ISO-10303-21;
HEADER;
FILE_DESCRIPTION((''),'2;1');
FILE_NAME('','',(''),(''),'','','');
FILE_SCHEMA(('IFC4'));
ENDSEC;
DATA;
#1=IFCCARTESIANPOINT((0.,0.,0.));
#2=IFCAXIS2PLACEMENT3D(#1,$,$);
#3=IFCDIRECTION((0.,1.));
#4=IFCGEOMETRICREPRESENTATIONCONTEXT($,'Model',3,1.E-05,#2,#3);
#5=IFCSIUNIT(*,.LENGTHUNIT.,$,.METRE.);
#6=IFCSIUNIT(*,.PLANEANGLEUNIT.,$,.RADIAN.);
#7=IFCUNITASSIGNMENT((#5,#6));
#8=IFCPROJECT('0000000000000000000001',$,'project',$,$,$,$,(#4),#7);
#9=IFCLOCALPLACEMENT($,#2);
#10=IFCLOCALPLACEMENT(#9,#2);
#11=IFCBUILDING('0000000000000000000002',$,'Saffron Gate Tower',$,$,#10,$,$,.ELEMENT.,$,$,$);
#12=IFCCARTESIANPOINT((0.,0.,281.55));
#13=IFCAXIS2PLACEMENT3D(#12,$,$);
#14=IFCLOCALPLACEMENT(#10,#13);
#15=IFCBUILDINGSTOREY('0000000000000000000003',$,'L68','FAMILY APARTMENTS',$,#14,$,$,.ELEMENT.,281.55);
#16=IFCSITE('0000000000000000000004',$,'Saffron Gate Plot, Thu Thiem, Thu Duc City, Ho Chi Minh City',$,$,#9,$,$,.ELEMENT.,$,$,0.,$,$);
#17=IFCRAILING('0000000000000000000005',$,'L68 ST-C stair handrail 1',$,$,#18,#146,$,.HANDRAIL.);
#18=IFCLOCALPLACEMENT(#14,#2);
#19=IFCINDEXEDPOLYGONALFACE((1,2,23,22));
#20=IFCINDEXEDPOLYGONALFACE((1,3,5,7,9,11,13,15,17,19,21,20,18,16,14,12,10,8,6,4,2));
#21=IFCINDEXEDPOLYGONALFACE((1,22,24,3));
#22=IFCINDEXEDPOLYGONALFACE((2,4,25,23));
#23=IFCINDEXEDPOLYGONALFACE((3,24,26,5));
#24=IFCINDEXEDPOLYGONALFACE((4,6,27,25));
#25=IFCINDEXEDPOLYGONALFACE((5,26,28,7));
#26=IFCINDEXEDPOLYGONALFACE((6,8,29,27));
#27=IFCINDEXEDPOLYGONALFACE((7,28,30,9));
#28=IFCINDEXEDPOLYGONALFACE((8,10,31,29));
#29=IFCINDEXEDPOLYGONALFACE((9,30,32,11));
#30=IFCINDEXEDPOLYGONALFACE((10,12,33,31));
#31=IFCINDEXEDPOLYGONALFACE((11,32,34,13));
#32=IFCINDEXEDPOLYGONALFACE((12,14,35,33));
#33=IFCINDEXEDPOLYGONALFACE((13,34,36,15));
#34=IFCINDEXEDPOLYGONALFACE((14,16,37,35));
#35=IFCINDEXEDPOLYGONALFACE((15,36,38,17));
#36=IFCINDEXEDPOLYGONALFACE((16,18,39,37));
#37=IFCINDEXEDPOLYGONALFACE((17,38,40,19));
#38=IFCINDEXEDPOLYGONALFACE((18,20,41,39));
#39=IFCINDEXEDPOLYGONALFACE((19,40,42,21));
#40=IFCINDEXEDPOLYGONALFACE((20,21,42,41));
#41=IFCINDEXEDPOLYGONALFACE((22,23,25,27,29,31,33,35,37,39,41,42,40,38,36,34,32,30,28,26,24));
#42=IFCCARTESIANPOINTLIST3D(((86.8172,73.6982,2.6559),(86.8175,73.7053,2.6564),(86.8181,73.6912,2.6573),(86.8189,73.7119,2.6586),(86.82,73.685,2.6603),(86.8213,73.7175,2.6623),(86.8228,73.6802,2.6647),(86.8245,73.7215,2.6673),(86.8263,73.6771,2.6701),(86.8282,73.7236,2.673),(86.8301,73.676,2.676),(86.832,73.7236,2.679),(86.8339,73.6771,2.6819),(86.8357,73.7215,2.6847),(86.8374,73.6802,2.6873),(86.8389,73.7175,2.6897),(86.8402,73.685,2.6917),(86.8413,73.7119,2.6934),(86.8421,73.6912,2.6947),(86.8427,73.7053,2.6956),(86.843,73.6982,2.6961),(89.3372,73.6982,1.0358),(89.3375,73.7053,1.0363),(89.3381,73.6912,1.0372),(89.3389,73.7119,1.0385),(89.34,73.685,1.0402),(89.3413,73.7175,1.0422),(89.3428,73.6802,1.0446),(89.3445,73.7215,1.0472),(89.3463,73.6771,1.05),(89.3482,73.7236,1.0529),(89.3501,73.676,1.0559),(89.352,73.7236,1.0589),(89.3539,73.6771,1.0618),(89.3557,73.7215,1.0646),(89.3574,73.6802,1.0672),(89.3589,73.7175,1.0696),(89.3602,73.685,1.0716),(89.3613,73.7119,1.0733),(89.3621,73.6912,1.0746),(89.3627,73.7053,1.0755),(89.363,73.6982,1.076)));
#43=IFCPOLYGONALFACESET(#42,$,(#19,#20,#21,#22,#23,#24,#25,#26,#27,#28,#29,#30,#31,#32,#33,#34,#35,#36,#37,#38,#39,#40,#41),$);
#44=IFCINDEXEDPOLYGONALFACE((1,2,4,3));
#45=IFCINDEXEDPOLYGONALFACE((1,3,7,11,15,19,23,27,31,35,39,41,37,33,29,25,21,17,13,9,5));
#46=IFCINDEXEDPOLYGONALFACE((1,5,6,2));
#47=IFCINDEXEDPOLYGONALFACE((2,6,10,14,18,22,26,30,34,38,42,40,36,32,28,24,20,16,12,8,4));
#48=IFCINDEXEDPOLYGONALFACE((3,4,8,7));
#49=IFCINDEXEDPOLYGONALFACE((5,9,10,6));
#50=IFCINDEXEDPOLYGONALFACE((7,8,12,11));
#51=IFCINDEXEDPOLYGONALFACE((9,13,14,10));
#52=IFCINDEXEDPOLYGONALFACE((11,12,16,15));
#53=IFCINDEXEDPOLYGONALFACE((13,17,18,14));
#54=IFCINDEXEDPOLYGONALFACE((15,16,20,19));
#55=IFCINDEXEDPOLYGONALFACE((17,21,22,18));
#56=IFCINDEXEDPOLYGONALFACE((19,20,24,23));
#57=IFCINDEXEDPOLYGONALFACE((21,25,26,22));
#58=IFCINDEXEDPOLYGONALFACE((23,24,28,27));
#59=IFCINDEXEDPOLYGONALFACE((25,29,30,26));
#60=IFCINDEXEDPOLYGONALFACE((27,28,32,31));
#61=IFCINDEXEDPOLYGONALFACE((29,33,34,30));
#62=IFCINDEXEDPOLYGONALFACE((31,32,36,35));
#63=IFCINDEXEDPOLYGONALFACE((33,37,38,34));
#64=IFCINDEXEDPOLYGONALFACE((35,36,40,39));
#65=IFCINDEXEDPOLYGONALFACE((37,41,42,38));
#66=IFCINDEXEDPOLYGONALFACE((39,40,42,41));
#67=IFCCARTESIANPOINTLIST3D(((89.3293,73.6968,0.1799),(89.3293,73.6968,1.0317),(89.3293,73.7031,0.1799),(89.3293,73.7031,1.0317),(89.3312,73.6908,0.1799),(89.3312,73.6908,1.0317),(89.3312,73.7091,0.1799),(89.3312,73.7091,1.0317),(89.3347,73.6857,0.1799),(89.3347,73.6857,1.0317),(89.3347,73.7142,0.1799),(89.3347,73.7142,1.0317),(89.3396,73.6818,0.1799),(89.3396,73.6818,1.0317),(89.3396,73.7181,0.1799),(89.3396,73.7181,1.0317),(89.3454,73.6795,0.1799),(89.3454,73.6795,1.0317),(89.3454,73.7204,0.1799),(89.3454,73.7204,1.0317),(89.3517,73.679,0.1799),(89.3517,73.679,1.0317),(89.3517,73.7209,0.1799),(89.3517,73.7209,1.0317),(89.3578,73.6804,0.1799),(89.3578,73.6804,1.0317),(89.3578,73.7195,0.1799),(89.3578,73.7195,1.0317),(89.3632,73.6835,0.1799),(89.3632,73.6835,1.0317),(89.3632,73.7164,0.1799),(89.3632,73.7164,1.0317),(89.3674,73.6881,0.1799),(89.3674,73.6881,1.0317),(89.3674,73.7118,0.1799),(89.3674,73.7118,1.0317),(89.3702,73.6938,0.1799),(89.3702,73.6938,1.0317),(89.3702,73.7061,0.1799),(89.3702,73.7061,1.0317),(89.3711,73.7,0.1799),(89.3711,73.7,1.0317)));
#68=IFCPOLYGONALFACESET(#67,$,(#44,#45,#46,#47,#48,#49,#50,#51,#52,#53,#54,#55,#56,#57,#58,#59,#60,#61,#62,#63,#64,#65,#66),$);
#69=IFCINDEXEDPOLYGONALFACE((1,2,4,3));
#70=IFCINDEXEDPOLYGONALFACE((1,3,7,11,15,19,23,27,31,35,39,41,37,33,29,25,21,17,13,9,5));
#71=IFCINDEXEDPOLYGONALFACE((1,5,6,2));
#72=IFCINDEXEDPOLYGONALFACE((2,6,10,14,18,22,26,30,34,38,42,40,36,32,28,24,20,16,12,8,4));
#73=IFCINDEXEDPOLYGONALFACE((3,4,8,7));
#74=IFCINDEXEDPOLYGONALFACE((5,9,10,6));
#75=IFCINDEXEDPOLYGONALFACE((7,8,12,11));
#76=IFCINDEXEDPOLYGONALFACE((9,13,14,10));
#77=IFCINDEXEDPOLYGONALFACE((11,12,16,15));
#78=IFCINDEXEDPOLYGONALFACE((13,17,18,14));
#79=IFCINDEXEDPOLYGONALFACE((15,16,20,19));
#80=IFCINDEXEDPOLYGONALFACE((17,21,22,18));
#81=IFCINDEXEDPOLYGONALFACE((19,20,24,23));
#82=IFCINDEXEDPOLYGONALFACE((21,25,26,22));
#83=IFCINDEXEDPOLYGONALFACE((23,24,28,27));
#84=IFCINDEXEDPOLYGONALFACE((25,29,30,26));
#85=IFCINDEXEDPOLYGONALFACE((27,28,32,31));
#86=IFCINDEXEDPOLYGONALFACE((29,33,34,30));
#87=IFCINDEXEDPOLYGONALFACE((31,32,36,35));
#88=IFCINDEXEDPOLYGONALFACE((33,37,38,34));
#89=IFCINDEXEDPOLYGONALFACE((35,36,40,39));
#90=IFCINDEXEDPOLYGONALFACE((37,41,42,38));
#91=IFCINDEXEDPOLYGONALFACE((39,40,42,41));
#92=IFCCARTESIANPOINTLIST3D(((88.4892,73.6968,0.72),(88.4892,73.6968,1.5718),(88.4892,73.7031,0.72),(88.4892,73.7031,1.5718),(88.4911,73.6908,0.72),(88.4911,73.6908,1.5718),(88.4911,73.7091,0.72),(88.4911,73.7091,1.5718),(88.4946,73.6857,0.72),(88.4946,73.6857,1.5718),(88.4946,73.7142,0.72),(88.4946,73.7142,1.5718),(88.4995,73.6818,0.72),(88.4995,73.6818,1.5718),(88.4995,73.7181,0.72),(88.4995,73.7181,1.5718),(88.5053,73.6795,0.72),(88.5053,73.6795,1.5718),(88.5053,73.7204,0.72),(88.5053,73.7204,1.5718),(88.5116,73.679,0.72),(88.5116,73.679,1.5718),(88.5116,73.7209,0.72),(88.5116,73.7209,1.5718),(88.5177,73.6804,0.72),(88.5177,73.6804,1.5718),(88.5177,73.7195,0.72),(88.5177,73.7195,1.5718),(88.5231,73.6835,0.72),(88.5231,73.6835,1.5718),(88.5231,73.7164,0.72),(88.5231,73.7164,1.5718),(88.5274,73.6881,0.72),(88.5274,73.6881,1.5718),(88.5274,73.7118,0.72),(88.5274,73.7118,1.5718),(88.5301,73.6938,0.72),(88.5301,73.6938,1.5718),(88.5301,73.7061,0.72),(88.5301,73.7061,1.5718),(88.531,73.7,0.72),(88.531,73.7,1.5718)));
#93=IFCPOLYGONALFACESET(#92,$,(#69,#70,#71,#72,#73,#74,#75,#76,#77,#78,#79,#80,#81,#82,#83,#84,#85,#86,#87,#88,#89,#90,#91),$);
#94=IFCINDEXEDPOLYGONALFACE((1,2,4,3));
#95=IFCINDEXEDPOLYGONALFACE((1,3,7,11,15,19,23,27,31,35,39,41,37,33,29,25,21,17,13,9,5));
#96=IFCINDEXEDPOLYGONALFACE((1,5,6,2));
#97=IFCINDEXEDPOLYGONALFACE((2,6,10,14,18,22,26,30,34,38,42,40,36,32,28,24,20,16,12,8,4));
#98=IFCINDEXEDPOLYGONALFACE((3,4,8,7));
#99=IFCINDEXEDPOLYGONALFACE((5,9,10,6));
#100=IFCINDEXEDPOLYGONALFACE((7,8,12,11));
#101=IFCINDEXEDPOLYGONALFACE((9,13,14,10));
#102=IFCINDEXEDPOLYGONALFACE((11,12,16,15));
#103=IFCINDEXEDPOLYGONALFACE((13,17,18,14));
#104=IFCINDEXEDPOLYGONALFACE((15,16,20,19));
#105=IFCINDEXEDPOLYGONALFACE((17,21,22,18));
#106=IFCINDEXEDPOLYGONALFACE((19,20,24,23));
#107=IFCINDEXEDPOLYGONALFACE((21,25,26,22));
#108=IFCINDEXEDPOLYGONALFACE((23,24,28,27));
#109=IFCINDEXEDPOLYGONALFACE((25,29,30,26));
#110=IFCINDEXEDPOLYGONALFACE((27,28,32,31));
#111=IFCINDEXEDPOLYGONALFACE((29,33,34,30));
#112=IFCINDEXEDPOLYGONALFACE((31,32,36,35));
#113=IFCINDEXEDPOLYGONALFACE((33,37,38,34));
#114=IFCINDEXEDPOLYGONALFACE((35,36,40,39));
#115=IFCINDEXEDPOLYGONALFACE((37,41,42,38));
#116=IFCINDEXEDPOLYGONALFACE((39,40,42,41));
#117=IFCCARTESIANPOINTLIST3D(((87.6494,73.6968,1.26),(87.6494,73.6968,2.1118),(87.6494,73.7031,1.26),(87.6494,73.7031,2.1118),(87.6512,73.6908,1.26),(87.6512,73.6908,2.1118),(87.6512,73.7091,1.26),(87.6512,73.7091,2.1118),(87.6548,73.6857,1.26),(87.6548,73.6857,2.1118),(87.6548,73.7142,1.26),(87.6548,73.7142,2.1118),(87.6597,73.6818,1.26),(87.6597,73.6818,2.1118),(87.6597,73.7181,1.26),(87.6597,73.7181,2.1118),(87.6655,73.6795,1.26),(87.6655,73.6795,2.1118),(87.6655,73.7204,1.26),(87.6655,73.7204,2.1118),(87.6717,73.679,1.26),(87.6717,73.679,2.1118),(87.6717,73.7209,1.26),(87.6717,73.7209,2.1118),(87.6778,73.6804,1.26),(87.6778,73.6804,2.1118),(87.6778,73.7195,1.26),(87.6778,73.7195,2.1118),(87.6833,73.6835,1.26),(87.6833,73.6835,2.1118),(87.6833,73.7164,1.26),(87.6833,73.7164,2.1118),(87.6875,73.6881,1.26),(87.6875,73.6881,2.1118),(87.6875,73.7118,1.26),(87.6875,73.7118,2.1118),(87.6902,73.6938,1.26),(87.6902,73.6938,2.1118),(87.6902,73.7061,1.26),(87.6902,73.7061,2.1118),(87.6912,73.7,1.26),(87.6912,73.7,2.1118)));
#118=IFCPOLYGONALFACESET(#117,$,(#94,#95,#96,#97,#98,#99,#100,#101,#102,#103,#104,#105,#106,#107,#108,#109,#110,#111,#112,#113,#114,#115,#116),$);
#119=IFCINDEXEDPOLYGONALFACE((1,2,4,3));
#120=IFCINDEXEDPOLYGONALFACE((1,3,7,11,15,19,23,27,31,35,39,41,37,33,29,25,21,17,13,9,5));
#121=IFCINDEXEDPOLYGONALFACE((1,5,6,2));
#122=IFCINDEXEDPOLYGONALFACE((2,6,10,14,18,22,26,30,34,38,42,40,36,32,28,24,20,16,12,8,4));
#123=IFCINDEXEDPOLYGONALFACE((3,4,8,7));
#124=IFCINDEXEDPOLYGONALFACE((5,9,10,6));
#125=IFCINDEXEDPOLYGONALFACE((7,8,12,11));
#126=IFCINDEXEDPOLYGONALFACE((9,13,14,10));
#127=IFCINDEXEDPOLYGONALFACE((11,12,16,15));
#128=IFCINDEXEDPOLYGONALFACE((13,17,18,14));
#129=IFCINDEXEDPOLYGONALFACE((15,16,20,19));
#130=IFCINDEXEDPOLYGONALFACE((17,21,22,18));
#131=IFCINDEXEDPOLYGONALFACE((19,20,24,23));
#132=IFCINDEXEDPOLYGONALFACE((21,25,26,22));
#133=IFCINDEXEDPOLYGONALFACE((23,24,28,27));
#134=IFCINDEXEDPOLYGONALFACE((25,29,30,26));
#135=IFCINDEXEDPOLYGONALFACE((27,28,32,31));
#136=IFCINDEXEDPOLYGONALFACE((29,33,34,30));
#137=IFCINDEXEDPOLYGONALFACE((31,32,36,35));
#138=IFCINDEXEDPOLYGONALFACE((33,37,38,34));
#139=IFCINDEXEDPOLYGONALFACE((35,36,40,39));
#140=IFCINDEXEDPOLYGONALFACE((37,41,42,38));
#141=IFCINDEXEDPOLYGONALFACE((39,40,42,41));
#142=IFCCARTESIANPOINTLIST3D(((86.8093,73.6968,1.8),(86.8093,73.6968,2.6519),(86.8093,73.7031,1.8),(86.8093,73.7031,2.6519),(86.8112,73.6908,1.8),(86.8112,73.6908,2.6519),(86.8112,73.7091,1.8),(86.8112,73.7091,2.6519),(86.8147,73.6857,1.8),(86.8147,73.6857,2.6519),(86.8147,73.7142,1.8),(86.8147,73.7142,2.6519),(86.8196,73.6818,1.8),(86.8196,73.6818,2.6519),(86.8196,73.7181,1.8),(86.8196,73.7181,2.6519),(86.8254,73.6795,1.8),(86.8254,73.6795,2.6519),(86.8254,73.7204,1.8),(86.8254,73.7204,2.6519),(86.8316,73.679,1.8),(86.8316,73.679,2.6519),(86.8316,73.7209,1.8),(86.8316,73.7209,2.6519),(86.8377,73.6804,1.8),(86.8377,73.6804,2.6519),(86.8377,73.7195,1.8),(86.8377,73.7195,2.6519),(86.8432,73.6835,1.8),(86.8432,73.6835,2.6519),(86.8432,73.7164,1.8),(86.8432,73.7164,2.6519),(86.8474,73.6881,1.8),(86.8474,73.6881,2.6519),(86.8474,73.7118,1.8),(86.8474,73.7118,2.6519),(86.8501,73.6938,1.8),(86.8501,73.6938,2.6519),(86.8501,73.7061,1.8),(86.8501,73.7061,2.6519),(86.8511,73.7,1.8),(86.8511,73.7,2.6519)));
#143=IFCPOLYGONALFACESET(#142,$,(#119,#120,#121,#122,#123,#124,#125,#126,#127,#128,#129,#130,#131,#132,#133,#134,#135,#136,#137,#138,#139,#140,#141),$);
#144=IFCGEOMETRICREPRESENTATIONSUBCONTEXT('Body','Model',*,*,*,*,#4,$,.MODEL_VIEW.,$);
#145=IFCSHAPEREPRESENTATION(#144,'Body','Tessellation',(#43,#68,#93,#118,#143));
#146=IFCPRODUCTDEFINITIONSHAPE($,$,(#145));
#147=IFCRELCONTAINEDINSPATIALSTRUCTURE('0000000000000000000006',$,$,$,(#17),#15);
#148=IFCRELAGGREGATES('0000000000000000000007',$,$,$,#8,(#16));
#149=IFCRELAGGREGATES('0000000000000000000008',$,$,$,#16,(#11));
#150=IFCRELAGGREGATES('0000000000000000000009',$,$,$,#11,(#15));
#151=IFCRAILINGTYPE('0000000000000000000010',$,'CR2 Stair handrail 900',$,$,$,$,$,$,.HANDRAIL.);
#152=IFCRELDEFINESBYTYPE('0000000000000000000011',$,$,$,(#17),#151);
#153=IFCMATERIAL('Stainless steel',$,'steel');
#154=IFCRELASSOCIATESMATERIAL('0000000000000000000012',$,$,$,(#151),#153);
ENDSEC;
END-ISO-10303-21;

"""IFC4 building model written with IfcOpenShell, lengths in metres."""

from ifc_helpers import new_model, si_unit, direction, frame, origin, origin_2d, place, context, subcontext, project, spatial, circle, extrude, material, type_object, element, save


model = new_model("IFC4")

# Units and contexts
model_context = context("Model", 3, precision=1e-05, world=origin(), true_north=direction((0.0, 1.0)))
body_context = subcontext(model_context, "Body", "Model", "MODEL_VIEW")
ifc_project = project(units=[si_unit("LENGTHUNIT", "METRE"), si_unit("PLANEANGLEUNIT", "RADIAN")], contexts=[model_context])

# Site, building, storey
site_placement = place(None, origin())
site = spatial("IfcSite", under=ifc_project, at=site_placement, Name="Saffron Gate Plot, Thu Thiem, Thu Duc City, Ho Chi Minh City", CompositionType="ELEMENT", RefElevation=0.0)
building_placement = place(site_placement, origin())
building = spatial("IfcBuilding", under=site, at=building_placement, Name="Saffron Gate Tower", CompositionType="ELEMENT")
storey_placement = place(building_placement, frame((0.0, 0.0, 281.55)))
storey = spatial("IfcBuildingStorey", under=building, at=storey_placement, Name="L68", Description="FAMILY APARTMENTS", CompositionType="ELEMENT", Elevation=281.55)

# Railing
ifc_material_1 = material(Name="Stainless steel", Category="steel")
railing_type_1 = type_object("IfcRailingType", Name="CR2 Stair handrail 900", PredefinedType="HANDRAIL", material=ifc_material_1)
railing_1_placement = place(storey_placement, frame((89.3501, 73.7, 0.1799)))
element("IfcRailing", 1, at=railing_1_placement, inside=storey, type_object=railing_type_1, Name="L68 ST-C stair handrail 1", PredefinedType="HANDRAIL", context=body_context, shape_type="SweptSolid", body=[
    extrude(circle(Radius=0.0239, at=origin_2d()), frame((0.0, 0.0, 0.876), z_axis=(-0.841163, 0.0, 0.540782), x_axis=(0.0, -1.0, 0.0)), (0.0, 0.0, 1.0), 2.9958),
    extrude(circle(Radius=0.021, at=origin_2d()), origin(), (0.0, 0.0, 1.0), 0.8518),
    extrude(circle(Radius=0.021, at=origin_2d()), frame((-0.8401, 0.0, 0.54)), (0.0, 0.0, 1.0), 0.8518),
    extrude(circle(Radius=0.021, at=origin_2d()), frame((-1.6799, 0.0, 1.0801)), (0.0, 0.0, 1.0), 0.8518),
    extrude(circle(Radius=0.021, at=origin_2d()), frame((-2.52, 0.0, 1.6201)), (0.0, 0.0, 1.0), 0.8518),
])

save(model, "model.ifc")
